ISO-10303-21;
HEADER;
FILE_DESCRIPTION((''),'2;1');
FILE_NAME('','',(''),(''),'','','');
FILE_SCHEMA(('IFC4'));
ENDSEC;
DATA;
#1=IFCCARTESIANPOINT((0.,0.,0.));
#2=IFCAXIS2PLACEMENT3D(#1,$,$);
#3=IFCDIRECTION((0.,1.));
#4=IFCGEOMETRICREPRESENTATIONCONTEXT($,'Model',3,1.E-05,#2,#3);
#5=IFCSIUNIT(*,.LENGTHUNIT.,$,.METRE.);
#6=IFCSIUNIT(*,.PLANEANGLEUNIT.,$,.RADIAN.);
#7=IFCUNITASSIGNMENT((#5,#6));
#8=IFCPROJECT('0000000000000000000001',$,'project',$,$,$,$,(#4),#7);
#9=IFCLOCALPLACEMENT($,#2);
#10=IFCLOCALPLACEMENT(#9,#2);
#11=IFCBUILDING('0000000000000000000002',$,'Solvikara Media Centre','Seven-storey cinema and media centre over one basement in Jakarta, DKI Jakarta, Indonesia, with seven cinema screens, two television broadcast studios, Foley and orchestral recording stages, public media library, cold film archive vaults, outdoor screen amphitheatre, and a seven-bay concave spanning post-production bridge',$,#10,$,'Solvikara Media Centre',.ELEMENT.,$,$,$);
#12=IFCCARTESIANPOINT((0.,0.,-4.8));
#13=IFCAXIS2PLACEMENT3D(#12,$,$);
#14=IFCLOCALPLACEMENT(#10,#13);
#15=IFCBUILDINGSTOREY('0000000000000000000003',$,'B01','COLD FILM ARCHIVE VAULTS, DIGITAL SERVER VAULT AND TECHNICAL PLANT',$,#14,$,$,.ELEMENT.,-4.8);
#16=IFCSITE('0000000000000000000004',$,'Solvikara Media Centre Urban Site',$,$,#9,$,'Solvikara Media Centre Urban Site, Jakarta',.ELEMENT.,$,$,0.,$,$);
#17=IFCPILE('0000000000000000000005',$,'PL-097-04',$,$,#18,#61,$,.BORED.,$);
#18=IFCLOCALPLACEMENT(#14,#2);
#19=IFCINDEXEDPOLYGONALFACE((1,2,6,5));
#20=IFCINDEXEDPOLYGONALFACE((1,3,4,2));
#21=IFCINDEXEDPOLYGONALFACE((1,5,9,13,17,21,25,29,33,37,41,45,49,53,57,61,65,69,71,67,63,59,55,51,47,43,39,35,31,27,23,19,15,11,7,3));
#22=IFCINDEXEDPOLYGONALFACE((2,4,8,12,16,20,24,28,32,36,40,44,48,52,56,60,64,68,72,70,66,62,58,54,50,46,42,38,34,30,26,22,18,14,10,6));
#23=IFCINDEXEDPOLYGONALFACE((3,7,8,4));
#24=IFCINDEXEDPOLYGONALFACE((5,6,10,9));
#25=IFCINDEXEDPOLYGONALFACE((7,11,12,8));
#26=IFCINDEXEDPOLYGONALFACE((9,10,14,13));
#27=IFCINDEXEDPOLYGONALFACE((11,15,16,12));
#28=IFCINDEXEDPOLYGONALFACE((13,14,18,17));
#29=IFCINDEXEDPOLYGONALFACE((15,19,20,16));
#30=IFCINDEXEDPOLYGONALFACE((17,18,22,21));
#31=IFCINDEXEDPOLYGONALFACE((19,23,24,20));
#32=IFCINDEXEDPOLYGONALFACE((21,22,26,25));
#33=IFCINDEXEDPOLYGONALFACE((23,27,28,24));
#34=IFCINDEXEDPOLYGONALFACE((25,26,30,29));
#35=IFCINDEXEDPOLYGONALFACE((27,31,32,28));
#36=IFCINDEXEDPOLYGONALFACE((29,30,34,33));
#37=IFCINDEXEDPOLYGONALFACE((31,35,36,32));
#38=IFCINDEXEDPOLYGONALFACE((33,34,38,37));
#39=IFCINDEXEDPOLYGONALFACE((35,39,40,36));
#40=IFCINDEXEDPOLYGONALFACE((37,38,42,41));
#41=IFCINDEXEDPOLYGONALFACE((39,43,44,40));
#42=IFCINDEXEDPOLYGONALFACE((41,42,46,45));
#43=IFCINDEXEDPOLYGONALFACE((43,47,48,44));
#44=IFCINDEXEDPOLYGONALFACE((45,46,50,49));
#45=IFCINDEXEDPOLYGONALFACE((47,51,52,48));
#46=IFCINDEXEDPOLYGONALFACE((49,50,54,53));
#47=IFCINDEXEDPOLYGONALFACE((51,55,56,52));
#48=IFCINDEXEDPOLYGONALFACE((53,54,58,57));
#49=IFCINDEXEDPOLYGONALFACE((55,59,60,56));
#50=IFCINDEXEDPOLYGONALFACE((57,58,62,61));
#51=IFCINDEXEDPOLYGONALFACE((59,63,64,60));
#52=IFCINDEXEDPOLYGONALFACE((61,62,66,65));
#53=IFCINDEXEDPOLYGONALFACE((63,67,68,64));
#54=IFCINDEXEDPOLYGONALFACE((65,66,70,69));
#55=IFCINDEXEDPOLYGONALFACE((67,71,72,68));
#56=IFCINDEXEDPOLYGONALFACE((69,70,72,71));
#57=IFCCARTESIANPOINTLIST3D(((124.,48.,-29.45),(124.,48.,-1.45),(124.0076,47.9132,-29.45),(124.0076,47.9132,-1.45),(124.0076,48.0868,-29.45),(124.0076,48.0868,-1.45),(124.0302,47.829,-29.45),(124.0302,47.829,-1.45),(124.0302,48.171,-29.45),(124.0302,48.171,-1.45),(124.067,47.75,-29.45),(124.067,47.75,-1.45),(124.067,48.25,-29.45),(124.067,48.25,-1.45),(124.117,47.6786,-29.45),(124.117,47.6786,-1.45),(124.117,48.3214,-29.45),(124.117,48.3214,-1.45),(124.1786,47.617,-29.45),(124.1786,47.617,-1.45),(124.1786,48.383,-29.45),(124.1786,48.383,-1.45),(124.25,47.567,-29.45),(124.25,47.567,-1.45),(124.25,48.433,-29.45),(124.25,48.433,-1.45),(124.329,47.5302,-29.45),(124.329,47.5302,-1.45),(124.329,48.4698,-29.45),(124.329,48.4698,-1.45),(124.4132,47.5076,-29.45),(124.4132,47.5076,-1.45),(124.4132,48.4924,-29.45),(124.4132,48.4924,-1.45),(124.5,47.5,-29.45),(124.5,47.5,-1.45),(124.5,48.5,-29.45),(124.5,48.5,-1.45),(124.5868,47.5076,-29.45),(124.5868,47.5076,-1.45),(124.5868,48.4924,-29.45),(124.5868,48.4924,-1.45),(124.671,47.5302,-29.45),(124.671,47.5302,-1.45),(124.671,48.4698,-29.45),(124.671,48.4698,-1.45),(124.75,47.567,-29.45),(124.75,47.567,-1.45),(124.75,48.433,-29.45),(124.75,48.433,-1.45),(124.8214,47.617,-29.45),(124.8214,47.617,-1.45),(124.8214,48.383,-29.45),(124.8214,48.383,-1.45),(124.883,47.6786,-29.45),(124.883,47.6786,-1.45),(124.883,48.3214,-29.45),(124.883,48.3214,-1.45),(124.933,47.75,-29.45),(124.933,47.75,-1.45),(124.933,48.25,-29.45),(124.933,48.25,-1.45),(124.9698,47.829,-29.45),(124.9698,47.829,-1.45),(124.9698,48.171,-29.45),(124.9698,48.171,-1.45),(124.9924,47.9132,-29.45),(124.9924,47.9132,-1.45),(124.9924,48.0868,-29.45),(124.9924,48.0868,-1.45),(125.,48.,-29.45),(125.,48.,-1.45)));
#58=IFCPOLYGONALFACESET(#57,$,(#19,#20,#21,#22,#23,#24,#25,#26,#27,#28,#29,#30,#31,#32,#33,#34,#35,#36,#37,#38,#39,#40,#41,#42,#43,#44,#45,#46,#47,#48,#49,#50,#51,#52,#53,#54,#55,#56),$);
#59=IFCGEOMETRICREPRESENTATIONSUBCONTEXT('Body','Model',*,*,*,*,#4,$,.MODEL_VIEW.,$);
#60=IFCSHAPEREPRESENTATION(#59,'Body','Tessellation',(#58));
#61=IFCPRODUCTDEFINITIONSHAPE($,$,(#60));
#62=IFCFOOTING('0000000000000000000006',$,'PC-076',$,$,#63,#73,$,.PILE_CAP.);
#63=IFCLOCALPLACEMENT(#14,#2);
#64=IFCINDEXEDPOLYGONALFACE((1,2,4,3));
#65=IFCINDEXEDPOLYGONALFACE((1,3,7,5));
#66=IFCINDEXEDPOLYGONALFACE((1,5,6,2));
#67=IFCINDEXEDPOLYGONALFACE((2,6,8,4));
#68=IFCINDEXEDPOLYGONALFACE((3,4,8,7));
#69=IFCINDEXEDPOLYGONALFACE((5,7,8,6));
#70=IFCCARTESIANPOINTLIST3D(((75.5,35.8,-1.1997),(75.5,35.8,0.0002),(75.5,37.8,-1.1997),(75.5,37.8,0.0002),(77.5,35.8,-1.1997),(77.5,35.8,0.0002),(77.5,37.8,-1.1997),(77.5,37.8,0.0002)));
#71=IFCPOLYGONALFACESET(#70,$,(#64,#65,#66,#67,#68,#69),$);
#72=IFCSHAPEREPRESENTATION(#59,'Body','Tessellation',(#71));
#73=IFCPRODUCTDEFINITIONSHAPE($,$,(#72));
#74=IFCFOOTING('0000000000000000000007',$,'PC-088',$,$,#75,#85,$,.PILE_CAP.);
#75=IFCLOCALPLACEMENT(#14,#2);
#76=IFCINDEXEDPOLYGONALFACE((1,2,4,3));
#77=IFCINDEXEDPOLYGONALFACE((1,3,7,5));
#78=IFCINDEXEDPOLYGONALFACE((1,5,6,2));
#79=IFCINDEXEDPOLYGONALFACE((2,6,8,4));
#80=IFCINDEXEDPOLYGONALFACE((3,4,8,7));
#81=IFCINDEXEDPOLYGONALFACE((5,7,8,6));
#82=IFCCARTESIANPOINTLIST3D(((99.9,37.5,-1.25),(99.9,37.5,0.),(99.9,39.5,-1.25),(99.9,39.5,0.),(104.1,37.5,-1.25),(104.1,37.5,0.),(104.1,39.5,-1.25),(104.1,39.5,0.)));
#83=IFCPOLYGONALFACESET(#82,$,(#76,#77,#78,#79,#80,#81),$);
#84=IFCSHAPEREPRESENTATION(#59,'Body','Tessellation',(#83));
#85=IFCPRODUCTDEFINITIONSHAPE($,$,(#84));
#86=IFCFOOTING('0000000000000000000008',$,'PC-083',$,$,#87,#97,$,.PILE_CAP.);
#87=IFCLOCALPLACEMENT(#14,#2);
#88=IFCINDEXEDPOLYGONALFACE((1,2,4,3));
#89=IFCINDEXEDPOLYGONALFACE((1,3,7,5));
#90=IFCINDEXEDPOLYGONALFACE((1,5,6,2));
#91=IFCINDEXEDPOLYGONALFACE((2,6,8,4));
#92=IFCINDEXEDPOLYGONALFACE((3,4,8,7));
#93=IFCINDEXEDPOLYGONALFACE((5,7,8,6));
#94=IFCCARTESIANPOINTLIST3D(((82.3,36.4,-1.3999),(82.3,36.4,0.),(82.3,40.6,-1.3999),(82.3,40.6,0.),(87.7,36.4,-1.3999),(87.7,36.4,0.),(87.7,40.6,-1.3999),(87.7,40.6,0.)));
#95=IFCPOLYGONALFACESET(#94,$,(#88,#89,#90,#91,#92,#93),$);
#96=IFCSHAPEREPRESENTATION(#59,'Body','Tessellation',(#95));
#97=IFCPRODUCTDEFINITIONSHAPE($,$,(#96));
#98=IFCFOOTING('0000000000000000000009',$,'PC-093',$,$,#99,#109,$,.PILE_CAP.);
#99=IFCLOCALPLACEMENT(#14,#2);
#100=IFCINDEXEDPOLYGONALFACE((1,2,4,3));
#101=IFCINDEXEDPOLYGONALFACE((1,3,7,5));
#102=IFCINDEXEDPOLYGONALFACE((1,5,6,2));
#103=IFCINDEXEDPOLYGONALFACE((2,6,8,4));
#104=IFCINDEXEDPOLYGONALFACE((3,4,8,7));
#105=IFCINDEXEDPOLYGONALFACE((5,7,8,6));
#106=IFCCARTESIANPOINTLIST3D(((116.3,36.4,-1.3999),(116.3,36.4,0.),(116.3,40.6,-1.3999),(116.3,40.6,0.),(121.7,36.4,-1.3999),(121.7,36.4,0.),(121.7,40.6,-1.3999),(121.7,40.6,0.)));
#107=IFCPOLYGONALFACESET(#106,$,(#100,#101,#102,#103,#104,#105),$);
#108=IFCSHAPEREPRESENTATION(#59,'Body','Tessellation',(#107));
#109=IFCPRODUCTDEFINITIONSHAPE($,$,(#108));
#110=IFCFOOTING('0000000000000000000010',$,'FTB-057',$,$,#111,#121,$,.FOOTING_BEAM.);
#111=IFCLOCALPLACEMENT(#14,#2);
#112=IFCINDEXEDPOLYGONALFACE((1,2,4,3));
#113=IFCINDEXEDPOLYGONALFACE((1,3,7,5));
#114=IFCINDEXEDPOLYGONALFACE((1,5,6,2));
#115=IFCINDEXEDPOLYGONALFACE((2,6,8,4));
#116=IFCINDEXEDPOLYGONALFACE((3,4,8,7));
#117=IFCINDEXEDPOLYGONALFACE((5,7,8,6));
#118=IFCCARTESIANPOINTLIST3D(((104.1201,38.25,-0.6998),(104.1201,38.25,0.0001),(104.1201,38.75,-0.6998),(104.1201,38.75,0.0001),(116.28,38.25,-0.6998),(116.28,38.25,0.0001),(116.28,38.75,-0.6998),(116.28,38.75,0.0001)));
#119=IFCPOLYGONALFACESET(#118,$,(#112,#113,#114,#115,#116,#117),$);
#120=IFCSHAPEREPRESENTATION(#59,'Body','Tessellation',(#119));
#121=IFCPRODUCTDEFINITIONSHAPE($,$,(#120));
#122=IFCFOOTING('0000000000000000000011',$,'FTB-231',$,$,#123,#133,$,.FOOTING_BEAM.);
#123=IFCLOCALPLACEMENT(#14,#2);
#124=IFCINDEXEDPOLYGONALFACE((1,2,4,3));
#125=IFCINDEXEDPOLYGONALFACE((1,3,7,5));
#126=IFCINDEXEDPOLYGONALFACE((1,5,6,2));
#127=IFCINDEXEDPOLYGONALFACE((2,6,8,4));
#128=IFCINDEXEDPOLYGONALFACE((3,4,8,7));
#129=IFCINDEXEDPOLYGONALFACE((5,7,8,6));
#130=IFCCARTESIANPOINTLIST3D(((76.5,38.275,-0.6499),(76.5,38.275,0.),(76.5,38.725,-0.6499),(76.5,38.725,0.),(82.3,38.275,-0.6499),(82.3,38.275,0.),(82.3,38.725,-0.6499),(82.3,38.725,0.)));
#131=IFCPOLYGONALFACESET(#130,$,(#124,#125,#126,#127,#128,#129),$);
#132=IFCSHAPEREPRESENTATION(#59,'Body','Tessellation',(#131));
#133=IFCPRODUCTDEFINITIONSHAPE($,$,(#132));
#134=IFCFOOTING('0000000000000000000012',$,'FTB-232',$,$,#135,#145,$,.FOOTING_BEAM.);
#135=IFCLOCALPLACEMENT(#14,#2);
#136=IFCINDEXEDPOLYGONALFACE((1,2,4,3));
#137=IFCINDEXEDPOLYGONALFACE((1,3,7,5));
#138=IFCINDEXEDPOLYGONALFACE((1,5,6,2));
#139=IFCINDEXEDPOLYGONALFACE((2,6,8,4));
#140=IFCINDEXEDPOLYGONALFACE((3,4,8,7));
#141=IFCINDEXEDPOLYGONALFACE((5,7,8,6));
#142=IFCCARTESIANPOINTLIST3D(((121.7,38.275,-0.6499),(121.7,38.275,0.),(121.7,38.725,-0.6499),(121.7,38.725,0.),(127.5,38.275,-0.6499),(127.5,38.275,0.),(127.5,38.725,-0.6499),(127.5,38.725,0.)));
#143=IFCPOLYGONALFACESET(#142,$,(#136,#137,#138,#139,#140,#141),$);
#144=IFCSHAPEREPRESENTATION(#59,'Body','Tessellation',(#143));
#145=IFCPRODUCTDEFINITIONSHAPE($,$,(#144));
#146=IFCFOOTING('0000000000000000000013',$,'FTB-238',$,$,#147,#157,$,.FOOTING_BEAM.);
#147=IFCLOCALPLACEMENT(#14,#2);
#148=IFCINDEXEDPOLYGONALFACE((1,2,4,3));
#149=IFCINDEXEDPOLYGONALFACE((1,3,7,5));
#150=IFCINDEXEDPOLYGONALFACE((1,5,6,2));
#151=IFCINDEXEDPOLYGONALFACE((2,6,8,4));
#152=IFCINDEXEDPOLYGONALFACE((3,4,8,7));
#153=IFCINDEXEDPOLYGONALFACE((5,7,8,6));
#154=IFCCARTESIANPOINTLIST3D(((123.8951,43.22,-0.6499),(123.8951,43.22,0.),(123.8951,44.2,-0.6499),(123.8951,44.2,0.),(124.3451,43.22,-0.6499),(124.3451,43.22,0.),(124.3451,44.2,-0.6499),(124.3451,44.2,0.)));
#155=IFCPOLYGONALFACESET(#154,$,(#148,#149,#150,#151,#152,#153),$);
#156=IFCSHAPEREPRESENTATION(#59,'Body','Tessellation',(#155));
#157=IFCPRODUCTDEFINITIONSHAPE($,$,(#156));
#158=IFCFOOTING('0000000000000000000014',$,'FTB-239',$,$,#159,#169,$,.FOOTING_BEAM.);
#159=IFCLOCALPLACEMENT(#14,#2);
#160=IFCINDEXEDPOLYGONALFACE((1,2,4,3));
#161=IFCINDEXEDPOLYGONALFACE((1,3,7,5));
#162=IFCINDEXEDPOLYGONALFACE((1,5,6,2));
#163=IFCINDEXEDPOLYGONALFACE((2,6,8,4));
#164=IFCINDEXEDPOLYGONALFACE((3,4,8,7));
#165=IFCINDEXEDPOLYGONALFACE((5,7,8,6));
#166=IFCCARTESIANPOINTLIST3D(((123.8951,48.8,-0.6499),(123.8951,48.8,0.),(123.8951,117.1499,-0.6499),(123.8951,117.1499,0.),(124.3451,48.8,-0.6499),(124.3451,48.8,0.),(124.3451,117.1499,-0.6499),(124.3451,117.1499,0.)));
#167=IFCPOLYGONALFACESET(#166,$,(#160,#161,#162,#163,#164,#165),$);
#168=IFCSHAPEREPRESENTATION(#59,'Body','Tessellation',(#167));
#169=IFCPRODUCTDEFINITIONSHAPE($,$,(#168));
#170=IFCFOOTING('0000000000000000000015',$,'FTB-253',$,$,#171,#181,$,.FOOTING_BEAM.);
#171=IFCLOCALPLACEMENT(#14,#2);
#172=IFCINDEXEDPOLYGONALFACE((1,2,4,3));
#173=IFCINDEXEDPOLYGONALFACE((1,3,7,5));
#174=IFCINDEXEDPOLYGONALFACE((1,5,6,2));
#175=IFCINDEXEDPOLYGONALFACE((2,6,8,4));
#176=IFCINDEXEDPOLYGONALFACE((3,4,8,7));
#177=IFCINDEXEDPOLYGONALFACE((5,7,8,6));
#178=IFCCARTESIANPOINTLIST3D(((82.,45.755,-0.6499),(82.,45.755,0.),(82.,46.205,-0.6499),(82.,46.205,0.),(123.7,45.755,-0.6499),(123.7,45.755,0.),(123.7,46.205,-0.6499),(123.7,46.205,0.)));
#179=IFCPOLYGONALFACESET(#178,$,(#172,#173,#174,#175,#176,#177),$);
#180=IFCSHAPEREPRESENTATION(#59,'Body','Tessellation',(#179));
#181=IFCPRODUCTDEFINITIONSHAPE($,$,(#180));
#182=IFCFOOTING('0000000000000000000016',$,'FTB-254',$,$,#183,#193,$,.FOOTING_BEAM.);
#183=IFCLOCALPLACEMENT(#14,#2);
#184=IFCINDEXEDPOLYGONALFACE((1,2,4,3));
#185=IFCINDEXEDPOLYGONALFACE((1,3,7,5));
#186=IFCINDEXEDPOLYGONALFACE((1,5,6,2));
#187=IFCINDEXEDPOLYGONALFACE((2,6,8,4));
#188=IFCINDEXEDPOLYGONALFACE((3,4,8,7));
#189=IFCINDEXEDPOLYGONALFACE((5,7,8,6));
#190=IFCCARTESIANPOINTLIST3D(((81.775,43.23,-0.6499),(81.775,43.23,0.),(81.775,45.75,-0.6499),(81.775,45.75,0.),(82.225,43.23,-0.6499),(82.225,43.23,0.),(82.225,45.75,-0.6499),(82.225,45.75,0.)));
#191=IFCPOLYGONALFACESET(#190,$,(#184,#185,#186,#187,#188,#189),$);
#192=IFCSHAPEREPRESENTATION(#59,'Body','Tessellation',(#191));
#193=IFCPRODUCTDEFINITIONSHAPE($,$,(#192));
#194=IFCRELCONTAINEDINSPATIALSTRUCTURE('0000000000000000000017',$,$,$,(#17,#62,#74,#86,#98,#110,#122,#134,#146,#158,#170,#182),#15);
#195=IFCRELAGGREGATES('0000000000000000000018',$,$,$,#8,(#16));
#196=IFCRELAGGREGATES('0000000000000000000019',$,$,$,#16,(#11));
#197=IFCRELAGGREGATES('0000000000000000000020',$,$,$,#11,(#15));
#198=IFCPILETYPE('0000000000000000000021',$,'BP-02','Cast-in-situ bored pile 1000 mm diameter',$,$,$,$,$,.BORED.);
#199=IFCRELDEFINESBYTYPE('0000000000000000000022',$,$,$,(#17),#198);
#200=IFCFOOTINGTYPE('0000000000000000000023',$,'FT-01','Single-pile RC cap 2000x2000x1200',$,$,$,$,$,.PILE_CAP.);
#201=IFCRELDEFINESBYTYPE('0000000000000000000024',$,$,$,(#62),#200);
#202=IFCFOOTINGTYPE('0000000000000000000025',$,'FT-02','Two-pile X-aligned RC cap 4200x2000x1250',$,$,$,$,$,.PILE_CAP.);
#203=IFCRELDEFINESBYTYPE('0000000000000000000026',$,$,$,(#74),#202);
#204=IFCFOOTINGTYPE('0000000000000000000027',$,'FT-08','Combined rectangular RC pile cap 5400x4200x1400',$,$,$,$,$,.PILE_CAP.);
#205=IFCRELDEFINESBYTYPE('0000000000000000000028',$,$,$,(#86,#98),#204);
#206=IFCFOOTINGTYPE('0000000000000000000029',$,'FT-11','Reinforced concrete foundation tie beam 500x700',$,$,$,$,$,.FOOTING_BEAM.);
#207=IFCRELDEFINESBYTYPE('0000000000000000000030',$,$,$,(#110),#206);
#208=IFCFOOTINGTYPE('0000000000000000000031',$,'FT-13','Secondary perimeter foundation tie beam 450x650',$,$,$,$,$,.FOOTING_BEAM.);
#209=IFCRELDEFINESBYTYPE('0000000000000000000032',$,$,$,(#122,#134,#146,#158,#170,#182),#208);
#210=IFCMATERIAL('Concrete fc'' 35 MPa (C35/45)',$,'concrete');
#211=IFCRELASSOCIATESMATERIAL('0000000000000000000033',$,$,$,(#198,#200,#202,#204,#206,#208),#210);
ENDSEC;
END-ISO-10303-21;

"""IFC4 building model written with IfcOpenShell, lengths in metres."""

from ifc_helpers import new_model, si_unit, direction, frame, origin, origin_2d, place, context, subcontext, project, spatial, rectangle, circle, extrude, material, material_profile, profile_set, type_object, element, save


model = new_model("IFC4")

# Units and contexts
model_context = context("Model", 3, precision=1e-05, world=origin(), true_north=direction((0.0, 1.0)))
body_context = subcontext(model_context, "Body", "Model", "MODEL_VIEW")
ifc_project = project(units=[si_unit("LENGTHUNIT", "METRE"), si_unit("PLANEANGLEUNIT", "RADIAN")], contexts=[model_context])

# Site, building, storey
site_placement = place(None, origin())
site = spatial("IfcSite", under=ifc_project, at=site_placement, Name="Solvikara Media Centre Urban Site", LongName="Solvikara Media Centre Urban Site, Jakarta", CompositionType="ELEMENT", RefElevation=0.0)
building_placement = place(site_placement, origin())
building = spatial("IfcBuilding", under=site, at=building_placement, Name="Solvikara Media Centre", Description="Seven-storey cinema and media centre over one basement in Jakarta, DKI Jakarta, Indonesia, with seven cinema screens, two television broadcast studios, Foley and orchestral recording stages, public media library, cold film archive vaults, outdoor screen amphitheatre, and a seven-bay concave spanning post-production bridge", LongName="Solvikara Media Centre", CompositionType="ELEMENT")
storey_placement = place(building_placement, frame((0.0, 0.0, -4.8)))
storey = spatial("IfcBuildingStorey", under=building, at=storey_placement, Name="B01", Description="COLD FILM ARCHIVE VAULTS, DIGITAL SERVER VAULT AND TECHNICAL PLANT", CompositionType="ELEMENT", Elevation=-4.8)

# Pile
ifc_material_1 = material(Name="Concrete fc' 35 MPa (C35/45)", Category="concrete")
ifc_material_profile_1 = material_profile(ifc_material_1, circle(Radius=0.5, at=origin_2d()), Name="BORED PILE D1000")
ifc_profile_set_1 = profile_set([ifc_material_profile_1], Name="Concrete fc' 35 MPa (C35/45)")
pile_type_1 = type_object("IfcPileType", Name="BP-02", Description="Cast-in-situ bored pile 1000 mm diameter", PredefinedType="BORED", material=ifc_profile_set_1)
for number, where, z_axis, x_axis, name in (
    (1, (124.5, 48.0, -1.45), (0.0, 0.0, -1.0), (1.0, 0.0, 0.0), "PL-097-04"),
):
    element("IfcPile", number, at=place(storey_placement, frame(where, z_axis=z_axis, x_axis=x_axis)), inside=storey, type_object=pile_type_1, Name=name, PredefinedType="BORED", context=body_context, shape_type="SweptSolid", body=[
        extrude(circle(Radius=0.5, at=origin_2d()), origin(), (0.0, 0.0, 1.0), 28.0),
    ])

# Footings
footing_type_1 = type_object("IfcFootingType", Name="FT-01", Description="Single-pile RC cap 2000x2000x1200", PredefinedType="PILE_CAP", material=ifc_material_1)
footing_1_placement = place(storey_placement, frame((76.5, 36.8, -1.1997), z_axis=(0.0, 0.0, 1.0), x_axis=(1.0, 0.0, 0.0)))
element("IfcFooting", 2, at=footing_1_placement, inside=storey, type_object=footing_type_1, Name="PC-076", PredefinedType="PILE_CAP", context=body_context, shape_type="SweptSolid", body=[
    extrude(rectangle(XDim=2.0, YDim=2.0, at=origin_2d()), origin(), (0.0, 0.0, 1.0), 1.2),
])
footing_type_2 = type_object("IfcFootingType", Name="FT-02", Description="Two-pile X-aligned RC cap 4200x2000x1250", PredefinedType="PILE_CAP", material=ifc_material_1)
footing_2_placement = place(storey_placement, frame((102.0, 38.5, -1.25), z_axis=(0.0, 0.0, 1.0), x_axis=(1.0, 0.0, 0.0)))
element("IfcFooting", 3, at=footing_2_placement, inside=storey, type_object=footing_type_2, Name="PC-088", PredefinedType="PILE_CAP", context=body_context, shape_type="SweptSolid", body=[
    extrude(rectangle(XDim=4.2, YDim=2.0, at=origin_2d()), origin(), (0.0, 0.0, 1.0), 1.25),
])
footing_type_3 = type_object("IfcFootingType", Name="FT-08", Description="Combined rectangular RC pile cap 5400x4200x1400", PredefinedType="PILE_CAP", material=ifc_material_1)
for number, where, z_axis, x_axis, name in (
    (4, (85.0, 38.5, -1.3999), (0.0, 0.0, 1.0), (1.0, 0.0, 0.0), "PC-083"),
    (5, (119.0, 38.5, -1.3999), (0.0, 0.0, 1.0), (1.0, 0.0, 0.0), "PC-093"),
):
    element("IfcFooting", number, at=place(storey_placement, frame(where, z_axis=z_axis, x_axis=x_axis)), inside=storey, type_object=footing_type_3, Name=name, PredefinedType="PILE_CAP", context=body_context, shape_type="SweptSolid", body=[
        extrude(rectangle(XDim=5.3999, YDim=4.2, at=origin_2d()), origin(), (0.0, 0.0, 1.0), 1.3999),
    ])
ifc_material_profile_2 = material_profile(ifc_material_1, rectangle(XDim=0.5, YDim=0.7, at=origin_2d()), Name="RC 500x700")
ifc_profile_set_2 = profile_set([ifc_material_profile_2], Name="Concrete fc' 35 MPa (C35/45)")
footing_type_4 = type_object("IfcFootingType", Name="FT-11", Description="Reinforced concrete foundation tie beam 500x700", PredefinedType="FOOTING_BEAM", material=ifc_profile_set_2)
footing_3_placement = place(storey_placement, frame((104.1201, 38.5, -0.3499), z_axis=(1.0, 0.0, 0.0), x_axis=(0.0, 1.0, 0.0)))
element("IfcFooting", 6, at=footing_3_placement, inside=storey, type_object=footing_type_4, Name="FTB-057", PredefinedType="FOOTING_BEAM", context=body_context, shape_type="SweptSolid", body=[
    extrude(rectangle(XDim=0.5, YDim=0.7, at=origin_2d()), origin(), (0.0, 0.0, 1.0), 12.1599),
])
ifc_material_profile_3 = material_profile(ifc_material_1, rectangle(XDim=0.45, YDim=0.6499, at=origin_2d()), Name="RC 450x650")
ifc_profile_set_3 = profile_set([ifc_material_profile_3], Name="Concrete fc' 35 MPa (C35/45)")
footing_type_5 = type_object("IfcFootingType", Name="FT-13", Description="Secondary perimeter foundation tie beam 450x650", PredefinedType="FOOTING_BEAM", material=ifc_profile_set_3)
for number, where, z_axis, x_axis, name in (
    (7, (76.5, 38.5, -0.325), (1.0, 0.0, 0.0), (0.0, 1.0, 0.0), "FTB-231"),
    (8, (121.7, 38.5, -0.325), (1.0, 0.0, 0.0), (0.0, 1.0, 0.0), "FTB-232"),
):
    element("IfcFooting", number, at=place(storey_placement, frame(where, z_axis=z_axis, x_axis=x_axis)), inside=storey, type_object=footing_type_5, Name=name, PredefinedType="FOOTING_BEAM", context=body_context, shape_type="SweptSolid", body=[
        extrude(rectangle(XDim=0.45, YDim=0.6499, at=origin_2d()), origin(), (0.0, 0.0, 1.0), 5.8),
    ])
footing_4_placement = place(storey_placement, frame((124.1201, 43.22, -0.325), z_axis=(0.0, 1.0, 0.0), x_axis=(-1.0, 0.0, 0.0)))
element("IfcFooting", 9, at=footing_4_placement, inside=storey, type_object=footing_type_5, Name="FTB-238", PredefinedType="FOOTING_BEAM", context=body_context, shape_type="SweptSolid", body=[
    extrude(rectangle(XDim=0.45, YDim=0.6499, at=origin_2d()), origin(), (0.0, 0.0, 1.0), 0.98),
])
footing_5_placement = place(storey_placement, frame((124.1201, 48.8, -0.325), z_axis=(0.0, 1.0, 0.0), x_axis=(-1.0, 0.0, 0.0)))
element("IfcFooting", 10, at=footing_5_placement, inside=storey, type_object=footing_type_5, Name="FTB-239", PredefinedType="FOOTING_BEAM", context=body_context, shape_type="SweptSolid", body=[
    extrude(rectangle(XDim=0.45, YDim=0.6499, at=origin_2d()), origin(), (0.0, 0.0, 1.0), 68.3499),
])
footing_6_placement = place(storey_placement, frame((82.0, 45.98, -0.325), z_axis=(1.0, 0.0, 0.0), x_axis=(0.0, 1.0, 0.0)))
element("IfcFooting", 11, at=footing_6_placement, inside=storey, type_object=footing_type_5, Name="FTB-253", PredefinedType="FOOTING_BEAM", context=body_context, shape_type="SweptSolid", body=[
    extrude(rectangle(XDim=0.45, YDim=0.6499, at=origin_2d()), origin(), (0.0, 0.0, 1.0), 41.7),
])
for number, where, z_axis, x_axis, name in (
    (12, (82.0, 43.23, -0.325), (0.0, 1.0, 0.0), (-1.0, 0.0, 0.0), "FTB-254"),
):
    element("IfcFooting", number, at=place(storey_placement, frame(where, z_axis=z_axis, x_axis=x_axis)), inside=storey, type_object=footing_type_5, Name=name, PredefinedType="FOOTING_BEAM", context=body_context, shape_type="SweptSolid", body=[
        extrude(rectangle(XDim=0.45, YDim=0.6499, at=origin_2d()), origin(), (0.0, 0.0, 1.0), 2.52),
    ])

save(model, "model.ifc")
